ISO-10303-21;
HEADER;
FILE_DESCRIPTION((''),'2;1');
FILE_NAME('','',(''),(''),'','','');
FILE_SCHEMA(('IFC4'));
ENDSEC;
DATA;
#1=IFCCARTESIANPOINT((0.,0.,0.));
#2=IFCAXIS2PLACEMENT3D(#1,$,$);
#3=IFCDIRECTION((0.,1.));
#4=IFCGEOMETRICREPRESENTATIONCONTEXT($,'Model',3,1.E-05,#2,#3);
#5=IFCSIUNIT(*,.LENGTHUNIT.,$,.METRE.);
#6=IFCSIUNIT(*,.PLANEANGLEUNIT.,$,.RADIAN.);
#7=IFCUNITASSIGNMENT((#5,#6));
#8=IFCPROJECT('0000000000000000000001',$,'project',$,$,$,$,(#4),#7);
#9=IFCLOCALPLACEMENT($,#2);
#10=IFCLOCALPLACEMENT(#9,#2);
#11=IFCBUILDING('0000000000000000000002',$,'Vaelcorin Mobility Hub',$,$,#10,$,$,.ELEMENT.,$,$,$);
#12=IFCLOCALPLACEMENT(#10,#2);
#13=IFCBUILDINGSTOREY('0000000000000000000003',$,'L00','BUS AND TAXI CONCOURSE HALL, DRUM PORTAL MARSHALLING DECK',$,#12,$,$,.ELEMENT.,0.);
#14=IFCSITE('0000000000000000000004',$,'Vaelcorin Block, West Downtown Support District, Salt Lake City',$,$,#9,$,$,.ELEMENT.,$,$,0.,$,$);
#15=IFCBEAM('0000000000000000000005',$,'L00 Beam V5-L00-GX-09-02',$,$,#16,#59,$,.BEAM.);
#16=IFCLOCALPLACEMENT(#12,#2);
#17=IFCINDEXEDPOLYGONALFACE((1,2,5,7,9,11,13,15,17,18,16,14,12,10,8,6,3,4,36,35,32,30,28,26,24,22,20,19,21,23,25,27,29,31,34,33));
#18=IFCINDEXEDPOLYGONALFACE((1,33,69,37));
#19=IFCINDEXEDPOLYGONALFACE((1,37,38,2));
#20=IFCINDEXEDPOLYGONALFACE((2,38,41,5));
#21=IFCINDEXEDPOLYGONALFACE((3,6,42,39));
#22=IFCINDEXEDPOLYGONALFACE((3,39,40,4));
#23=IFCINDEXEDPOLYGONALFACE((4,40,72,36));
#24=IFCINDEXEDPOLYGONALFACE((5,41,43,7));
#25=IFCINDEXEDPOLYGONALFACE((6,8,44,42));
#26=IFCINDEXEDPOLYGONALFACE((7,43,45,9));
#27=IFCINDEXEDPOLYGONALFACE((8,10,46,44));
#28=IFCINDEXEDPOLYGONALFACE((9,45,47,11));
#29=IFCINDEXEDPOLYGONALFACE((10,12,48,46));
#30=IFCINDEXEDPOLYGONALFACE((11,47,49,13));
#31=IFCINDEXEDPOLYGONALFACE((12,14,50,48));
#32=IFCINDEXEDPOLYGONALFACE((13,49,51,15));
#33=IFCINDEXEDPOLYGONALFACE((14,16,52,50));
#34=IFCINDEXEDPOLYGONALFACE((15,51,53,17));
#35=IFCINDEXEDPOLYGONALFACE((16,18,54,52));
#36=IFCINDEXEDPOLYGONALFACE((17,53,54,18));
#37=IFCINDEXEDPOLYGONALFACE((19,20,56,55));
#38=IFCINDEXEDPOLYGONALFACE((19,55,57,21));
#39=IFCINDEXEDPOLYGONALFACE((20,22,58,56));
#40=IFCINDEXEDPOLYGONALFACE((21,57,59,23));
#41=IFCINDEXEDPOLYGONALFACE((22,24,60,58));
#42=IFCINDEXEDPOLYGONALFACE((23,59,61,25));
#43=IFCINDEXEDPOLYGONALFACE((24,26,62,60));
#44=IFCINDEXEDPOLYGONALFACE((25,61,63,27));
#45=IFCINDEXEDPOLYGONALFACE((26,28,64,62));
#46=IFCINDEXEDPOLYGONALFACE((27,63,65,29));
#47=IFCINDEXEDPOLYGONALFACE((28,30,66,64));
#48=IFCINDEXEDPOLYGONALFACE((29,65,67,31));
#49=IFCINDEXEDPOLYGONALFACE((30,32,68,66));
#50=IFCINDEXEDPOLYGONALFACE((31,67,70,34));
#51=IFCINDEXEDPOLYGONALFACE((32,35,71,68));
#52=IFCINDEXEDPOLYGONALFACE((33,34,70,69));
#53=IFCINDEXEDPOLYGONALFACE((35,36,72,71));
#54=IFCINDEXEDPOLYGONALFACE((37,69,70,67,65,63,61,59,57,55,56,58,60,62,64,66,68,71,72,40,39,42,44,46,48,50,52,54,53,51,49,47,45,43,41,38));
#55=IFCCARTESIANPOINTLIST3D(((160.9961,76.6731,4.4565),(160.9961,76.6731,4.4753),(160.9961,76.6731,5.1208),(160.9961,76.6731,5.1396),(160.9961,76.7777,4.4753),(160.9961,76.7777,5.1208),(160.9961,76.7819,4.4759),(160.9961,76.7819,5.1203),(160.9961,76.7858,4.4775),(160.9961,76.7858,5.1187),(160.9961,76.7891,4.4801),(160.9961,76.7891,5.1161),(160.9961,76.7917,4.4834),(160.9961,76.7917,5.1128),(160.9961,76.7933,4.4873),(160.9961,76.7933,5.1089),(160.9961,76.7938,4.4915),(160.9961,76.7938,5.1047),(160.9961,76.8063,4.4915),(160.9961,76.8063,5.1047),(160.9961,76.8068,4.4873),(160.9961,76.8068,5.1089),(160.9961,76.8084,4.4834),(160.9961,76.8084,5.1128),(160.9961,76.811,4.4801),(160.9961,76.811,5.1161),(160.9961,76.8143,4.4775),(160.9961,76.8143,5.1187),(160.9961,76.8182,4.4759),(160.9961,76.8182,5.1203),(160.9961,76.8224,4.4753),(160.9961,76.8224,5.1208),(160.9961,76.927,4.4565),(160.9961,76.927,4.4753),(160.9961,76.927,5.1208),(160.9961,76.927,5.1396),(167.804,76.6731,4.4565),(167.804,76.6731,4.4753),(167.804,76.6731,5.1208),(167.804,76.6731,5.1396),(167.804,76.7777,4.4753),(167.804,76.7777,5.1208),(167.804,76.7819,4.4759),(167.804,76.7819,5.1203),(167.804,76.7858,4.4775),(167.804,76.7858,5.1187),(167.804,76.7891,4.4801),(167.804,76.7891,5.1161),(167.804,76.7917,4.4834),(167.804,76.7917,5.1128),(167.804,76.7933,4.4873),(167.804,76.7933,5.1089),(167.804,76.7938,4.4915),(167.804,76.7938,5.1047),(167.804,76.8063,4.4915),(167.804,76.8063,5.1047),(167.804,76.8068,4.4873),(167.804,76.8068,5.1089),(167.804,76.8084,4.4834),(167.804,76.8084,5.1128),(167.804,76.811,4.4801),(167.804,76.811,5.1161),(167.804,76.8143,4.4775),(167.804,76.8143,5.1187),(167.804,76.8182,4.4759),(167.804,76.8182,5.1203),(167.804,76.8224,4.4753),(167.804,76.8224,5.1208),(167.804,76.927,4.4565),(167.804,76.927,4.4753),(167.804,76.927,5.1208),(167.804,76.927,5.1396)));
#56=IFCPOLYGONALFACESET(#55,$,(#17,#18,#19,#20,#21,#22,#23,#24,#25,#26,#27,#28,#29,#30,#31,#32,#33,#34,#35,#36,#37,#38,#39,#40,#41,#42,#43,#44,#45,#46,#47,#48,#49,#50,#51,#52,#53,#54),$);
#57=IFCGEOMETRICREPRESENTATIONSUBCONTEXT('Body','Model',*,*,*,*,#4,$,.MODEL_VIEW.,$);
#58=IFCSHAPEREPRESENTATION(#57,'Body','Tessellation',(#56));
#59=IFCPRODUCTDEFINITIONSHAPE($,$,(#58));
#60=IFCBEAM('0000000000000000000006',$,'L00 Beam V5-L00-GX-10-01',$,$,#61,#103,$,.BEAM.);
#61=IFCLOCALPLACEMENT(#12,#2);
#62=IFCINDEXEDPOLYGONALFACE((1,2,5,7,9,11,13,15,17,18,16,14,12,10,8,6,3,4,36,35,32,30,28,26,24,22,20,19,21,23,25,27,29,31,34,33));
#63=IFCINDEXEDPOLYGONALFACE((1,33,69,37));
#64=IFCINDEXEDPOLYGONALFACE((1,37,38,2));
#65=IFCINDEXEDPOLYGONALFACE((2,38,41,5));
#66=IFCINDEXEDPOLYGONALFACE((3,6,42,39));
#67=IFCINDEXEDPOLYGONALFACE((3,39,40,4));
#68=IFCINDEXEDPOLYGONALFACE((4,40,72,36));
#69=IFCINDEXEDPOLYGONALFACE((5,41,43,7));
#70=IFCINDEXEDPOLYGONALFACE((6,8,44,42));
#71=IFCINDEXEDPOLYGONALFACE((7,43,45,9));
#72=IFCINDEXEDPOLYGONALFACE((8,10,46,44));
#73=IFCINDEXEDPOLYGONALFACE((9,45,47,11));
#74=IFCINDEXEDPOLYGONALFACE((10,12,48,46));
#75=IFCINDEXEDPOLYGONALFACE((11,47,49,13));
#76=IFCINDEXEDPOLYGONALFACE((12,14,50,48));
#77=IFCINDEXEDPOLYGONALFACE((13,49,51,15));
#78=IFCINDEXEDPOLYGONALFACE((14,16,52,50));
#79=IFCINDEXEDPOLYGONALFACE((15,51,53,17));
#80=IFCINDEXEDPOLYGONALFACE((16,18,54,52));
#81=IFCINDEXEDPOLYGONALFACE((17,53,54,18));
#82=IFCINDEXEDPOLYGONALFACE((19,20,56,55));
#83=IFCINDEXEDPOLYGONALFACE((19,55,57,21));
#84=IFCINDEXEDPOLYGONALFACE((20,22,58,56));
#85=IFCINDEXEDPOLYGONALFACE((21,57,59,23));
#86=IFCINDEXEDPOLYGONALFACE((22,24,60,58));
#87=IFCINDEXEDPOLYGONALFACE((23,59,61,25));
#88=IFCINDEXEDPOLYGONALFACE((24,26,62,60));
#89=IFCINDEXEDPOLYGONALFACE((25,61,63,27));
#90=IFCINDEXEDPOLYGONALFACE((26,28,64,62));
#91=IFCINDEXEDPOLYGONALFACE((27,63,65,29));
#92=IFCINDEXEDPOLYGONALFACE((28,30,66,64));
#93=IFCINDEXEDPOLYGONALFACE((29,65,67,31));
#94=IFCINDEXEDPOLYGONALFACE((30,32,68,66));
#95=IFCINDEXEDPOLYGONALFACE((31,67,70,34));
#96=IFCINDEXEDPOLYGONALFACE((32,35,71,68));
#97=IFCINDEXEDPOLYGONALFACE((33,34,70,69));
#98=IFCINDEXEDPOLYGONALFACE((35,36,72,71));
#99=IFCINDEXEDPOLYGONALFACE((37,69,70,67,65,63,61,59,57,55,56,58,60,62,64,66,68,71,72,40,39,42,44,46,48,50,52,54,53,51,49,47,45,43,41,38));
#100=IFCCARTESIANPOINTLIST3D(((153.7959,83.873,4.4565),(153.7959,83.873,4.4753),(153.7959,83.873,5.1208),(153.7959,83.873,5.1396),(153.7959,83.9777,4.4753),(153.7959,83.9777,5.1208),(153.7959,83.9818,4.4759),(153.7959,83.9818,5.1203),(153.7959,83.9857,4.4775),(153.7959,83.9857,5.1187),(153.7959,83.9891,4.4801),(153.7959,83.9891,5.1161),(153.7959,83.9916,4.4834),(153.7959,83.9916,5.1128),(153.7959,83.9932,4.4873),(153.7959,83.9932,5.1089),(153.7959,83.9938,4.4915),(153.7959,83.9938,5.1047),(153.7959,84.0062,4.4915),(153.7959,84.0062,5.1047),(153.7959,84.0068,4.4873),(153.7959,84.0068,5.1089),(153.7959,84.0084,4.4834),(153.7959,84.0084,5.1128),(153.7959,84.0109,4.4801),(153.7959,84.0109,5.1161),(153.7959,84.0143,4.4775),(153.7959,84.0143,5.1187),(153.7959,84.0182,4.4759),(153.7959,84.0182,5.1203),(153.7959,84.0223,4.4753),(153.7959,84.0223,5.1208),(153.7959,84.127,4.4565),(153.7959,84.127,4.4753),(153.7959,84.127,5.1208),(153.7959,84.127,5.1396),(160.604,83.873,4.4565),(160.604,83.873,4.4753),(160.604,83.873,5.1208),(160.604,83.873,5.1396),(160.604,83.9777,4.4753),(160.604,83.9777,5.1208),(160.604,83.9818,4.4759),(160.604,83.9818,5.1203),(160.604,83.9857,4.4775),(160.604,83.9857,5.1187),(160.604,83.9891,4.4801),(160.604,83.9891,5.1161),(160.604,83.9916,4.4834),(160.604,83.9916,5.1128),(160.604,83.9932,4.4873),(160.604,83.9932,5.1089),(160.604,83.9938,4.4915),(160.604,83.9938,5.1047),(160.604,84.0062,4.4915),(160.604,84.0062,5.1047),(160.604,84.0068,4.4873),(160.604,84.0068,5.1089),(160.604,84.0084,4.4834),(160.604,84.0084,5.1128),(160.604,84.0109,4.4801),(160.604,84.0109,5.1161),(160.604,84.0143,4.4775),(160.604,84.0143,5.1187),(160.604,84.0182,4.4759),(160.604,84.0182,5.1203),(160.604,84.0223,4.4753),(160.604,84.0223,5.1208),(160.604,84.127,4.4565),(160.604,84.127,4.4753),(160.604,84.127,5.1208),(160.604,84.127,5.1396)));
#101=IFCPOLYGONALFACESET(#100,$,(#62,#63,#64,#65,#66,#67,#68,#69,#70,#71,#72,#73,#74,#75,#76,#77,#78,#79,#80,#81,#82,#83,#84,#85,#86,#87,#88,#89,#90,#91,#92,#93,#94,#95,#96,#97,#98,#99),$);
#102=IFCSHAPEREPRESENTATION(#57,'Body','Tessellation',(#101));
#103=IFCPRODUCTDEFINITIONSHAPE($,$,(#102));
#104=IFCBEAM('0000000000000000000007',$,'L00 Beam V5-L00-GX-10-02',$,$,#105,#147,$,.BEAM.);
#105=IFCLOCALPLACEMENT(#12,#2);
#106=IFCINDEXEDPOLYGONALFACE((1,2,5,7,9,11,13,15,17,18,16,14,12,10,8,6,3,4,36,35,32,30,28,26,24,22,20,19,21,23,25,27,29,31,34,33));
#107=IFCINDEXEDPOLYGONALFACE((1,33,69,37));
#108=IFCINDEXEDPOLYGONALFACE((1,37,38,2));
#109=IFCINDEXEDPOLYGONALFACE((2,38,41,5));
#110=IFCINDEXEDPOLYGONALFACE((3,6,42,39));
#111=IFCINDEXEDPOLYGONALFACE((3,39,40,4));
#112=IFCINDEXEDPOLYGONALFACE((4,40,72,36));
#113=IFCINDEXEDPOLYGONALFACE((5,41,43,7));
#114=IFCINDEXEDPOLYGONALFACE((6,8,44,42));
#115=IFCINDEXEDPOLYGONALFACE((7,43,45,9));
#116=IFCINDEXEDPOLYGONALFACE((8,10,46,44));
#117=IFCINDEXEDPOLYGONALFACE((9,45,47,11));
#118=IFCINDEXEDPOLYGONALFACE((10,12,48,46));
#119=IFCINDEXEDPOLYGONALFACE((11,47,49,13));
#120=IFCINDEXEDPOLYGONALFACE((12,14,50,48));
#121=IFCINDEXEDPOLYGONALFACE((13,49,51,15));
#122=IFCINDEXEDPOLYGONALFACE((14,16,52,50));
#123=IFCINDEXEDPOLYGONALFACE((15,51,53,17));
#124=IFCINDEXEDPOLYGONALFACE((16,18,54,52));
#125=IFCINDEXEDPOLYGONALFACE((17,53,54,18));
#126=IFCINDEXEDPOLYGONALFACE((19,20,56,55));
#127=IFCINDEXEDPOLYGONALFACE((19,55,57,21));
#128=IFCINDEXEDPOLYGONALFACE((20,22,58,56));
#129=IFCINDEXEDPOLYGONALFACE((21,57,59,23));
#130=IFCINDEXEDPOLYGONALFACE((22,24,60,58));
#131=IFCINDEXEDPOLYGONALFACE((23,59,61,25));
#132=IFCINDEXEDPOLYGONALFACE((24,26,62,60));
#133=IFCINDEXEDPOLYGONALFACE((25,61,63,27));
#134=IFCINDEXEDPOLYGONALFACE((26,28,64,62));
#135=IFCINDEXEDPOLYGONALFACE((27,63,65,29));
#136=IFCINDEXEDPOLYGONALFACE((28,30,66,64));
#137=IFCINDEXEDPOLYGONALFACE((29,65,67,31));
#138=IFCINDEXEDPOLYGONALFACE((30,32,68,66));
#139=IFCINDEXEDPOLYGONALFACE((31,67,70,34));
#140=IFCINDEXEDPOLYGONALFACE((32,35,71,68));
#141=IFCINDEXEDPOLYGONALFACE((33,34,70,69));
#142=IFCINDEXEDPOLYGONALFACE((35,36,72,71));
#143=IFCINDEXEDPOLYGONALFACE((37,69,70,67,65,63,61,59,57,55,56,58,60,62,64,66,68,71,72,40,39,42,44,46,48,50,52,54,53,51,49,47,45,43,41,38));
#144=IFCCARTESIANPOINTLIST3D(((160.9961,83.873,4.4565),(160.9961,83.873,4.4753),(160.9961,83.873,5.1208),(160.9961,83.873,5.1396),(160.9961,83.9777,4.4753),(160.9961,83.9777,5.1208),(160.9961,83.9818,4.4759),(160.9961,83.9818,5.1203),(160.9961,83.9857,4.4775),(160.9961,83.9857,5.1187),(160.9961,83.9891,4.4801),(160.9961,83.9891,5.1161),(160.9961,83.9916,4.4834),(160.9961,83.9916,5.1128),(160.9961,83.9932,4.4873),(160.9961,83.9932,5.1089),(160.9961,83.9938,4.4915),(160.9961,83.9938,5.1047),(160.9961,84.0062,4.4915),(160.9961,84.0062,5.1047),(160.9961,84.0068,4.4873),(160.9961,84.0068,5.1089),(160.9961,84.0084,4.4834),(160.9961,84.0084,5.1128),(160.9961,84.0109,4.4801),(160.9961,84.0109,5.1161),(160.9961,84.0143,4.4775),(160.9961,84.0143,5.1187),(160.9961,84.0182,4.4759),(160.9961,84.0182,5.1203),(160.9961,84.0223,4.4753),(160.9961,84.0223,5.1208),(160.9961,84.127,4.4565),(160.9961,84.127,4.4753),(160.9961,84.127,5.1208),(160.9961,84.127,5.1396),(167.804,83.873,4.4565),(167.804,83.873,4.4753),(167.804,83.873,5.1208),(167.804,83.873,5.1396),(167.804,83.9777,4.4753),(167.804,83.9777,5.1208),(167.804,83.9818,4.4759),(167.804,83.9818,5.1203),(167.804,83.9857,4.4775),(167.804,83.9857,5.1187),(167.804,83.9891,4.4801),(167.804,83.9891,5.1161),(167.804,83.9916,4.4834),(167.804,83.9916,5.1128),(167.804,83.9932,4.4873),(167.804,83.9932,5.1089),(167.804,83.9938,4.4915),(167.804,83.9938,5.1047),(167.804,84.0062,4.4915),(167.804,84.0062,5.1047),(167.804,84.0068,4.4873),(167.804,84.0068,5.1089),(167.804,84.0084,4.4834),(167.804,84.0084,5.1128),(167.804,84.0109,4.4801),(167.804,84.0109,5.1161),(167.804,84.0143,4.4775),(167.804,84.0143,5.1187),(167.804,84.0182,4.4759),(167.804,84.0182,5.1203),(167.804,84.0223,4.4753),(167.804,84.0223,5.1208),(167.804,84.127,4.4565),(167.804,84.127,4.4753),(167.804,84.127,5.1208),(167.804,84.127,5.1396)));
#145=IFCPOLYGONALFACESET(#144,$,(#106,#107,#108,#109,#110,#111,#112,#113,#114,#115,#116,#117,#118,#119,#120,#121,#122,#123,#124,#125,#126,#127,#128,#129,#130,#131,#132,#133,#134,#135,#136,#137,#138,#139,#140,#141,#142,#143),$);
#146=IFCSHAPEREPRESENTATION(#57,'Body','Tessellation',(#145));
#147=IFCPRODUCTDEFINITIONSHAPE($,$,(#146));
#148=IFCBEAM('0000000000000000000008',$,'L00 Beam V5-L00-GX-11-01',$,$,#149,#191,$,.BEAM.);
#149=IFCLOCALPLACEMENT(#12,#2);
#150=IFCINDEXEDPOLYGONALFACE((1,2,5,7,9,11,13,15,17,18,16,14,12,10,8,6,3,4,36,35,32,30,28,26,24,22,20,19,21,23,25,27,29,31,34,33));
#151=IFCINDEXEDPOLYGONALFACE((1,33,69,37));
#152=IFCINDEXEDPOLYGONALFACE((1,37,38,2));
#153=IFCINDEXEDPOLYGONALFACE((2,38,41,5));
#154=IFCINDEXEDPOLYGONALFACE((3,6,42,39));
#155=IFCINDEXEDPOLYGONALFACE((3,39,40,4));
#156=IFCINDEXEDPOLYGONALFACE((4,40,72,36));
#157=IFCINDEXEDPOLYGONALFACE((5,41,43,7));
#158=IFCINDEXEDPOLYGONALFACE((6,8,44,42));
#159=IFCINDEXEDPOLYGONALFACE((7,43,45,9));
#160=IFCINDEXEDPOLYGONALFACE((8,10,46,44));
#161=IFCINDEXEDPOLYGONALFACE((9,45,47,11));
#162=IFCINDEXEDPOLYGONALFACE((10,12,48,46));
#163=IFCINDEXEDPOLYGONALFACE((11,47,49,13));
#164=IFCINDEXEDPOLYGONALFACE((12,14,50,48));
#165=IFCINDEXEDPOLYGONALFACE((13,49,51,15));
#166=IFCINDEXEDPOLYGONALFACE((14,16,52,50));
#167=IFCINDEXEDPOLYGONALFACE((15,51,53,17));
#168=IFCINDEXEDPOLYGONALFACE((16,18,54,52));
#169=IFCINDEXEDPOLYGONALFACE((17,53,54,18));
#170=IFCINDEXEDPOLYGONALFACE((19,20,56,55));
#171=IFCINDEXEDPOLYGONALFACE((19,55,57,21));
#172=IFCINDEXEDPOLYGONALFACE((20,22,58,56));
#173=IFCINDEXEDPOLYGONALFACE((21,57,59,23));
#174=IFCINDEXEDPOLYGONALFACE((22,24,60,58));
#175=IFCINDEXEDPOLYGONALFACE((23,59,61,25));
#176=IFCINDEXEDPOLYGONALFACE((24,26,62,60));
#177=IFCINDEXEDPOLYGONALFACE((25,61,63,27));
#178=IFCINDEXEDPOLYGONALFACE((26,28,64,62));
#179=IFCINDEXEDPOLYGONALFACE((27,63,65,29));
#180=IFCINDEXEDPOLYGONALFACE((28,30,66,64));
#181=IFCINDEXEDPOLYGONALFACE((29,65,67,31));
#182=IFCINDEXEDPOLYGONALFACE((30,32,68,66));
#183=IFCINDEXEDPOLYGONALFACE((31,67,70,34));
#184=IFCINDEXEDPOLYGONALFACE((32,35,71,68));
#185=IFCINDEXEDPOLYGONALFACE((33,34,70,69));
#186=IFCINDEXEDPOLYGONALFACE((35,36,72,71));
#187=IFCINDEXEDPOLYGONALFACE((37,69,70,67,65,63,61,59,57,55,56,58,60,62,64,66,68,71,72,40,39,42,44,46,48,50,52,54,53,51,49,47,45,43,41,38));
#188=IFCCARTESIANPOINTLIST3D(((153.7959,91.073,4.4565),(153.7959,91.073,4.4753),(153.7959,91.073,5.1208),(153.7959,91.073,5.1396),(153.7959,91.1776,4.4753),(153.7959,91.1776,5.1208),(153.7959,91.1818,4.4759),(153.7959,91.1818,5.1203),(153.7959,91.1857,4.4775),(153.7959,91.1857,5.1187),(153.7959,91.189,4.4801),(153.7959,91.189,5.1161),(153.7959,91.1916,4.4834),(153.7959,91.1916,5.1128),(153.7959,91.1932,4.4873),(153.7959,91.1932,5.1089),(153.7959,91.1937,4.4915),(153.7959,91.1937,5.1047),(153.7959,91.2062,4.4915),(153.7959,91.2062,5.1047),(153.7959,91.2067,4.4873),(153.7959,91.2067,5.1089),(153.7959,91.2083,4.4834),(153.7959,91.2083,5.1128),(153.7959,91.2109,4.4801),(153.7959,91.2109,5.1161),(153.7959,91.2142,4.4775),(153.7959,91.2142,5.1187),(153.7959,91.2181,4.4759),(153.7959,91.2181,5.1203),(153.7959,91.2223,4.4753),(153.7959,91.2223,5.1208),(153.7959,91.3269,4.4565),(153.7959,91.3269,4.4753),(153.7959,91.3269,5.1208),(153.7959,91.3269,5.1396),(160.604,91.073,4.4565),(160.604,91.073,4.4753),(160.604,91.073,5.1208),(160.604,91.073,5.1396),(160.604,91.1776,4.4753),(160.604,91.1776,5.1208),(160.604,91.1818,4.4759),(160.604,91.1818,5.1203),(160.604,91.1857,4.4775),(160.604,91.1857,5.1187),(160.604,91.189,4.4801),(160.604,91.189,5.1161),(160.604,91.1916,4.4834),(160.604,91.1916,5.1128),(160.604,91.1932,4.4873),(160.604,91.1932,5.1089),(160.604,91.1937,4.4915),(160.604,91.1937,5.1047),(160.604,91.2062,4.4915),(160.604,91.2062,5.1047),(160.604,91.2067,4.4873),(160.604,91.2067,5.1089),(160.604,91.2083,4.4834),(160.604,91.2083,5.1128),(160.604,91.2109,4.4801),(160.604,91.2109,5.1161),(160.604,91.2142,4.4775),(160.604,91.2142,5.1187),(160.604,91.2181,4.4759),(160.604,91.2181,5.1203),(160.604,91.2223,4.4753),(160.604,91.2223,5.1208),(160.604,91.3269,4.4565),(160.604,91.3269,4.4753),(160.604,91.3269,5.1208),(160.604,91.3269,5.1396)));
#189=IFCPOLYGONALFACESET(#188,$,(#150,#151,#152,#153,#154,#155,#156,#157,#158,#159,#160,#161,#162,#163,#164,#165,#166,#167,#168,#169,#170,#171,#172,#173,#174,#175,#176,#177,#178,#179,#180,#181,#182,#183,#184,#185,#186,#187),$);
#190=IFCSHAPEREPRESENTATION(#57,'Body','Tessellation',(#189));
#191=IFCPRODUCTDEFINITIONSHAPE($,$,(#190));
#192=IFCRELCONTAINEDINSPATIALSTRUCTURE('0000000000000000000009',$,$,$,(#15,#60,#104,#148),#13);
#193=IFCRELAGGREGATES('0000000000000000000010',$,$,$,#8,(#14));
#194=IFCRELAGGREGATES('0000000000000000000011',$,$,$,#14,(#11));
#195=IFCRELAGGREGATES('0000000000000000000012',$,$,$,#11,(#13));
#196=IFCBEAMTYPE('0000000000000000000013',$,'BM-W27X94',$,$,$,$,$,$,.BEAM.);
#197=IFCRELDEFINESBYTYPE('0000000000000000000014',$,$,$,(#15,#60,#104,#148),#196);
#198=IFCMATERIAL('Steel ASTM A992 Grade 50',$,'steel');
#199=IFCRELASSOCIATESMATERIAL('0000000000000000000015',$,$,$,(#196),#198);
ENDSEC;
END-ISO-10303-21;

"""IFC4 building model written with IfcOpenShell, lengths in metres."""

from ifc_helpers import new_model, si_unit, direction, frame, origin, origin_2d, place, context, subcontext, project, spatial, i_section, extrude, material, material_profile, profile_set, type_object, element, save


model = new_model("IFC4")

# Units and contexts
model_context = context("Model", 3, precision=1e-05, world=origin(), true_north=direction((0.0, 1.0)))
body_context = subcontext(model_context, "Body", "Model", "MODEL_VIEW")
ifc_project = project(units=[si_unit("LENGTHUNIT", "METRE"), si_unit("PLANEANGLEUNIT", "RADIAN")], contexts=[model_context])

# Site, building, storey
site_placement = place(None, origin())
site = spatial("IfcSite", under=ifc_project, at=site_placement, Name="Vaelcorin Block, West Downtown Support District, Salt Lake City", CompositionType="ELEMENT", RefElevation=0.0)
building_placement = place(site_placement, origin())
building = spatial("IfcBuilding", under=site, at=building_placement, Name="Vaelcorin Mobility Hub", CompositionType="ELEMENT")
storey_placement = place(building_placement, origin())
storey = spatial("IfcBuildingStorey", under=building, at=storey_placement, Name="L00", Description="BUS AND TAXI CONCOURSE HALL, DRUM PORTAL MARSHALLING DECK", CompositionType="ELEMENT", Elevation=0.0)

# Shared definitions
ifc_material_1 = material(Name="Steel ASTM A992 Grade 50", Category="steel")

# Beams
ifc_material_profile_1 = material_profile(ifc_material_1, i_section(OverallWidth=0.2539, OverallDepth=0.6831, WebThickness=0.0125, FlangeThickness=0.0188, FilletRadius=0.0161, at=origin_2d()), Name="W27X94")
ifc_profile_set_1 = profile_set([ifc_material_profile_1], Name="Steel ASTM A992 Grade 50")
beam_type_1 = type_object("IfcBeamType", Name="BM-W27X94", PredefinedType="BEAM", material=ifc_profile_set_1)
beam_1_placement = place(storey_placement, frame((160.9961, 76.8, 4.7981), z_axis=(1.0, 0.0, 0.0), x_axis=(0.0, 1.0, 0.0)))
element("IfcBeam", 1, at=beam_1_placement, inside=storey, type_object=beam_type_1, Name="L00 Beam V5-L00-GX-09-02", PredefinedType="BEAM", context=body_context, shape_type="SweptSolid", body=[
    extrude(i_section(OverallWidth=0.2539, OverallDepth=0.6831, WebThickness=0.0125, FlangeThickness=0.0188, FilletRadius=0.0161, at=origin_2d()), origin(), (0.0, 0.0, 1.0), 6.8079),
])
beam_2_placement = place(storey_placement, frame((153.7959, 84.0, 4.7981), z_axis=(1.0, 0.0, 0.0), x_axis=(0.0, 1.0, 0.0)))
element("IfcBeam", 2, at=beam_2_placement, inside=storey, type_object=beam_type_1, Name="L00 Beam V5-L00-GX-10-01", PredefinedType="BEAM", context=body_context, shape_type="SweptSolid", body=[
    extrude(i_section(OverallWidth=0.2539, OverallDepth=0.6831, WebThickness=0.0125, FlangeThickness=0.0188, FilletRadius=0.0161, at=origin_2d()), origin(), (0.0, 0.0, 1.0), 6.8081),
])
beam_3_placement = place(storey_placement, frame((160.9961, 84.0, 4.7981), z_axis=(1.0, 0.0, 0.0), x_axis=(0.0, 1.0, 0.0)))
element("IfcBeam", 3, at=beam_3_placement, inside=storey, type_object=beam_type_1, Name="L00 Beam V5-L00-GX-10-02", PredefinedType="BEAM", context=body_context, shape_type="SweptSolid", body=[
    extrude(i_section(OverallWidth=0.2539, OverallDepth=0.6831, WebThickness=0.0125, FlangeThickness=0.0188, FilletRadius=0.0161, at=origin_2d()), origin(), (0.0, 0.0, 1.0), 6.8079),
])
beam_4_placement = place(storey_placement, frame((153.7959, 91.2, 4.7981), z_axis=(1.0, 0.0, 0.0), x_axis=(0.0, 1.0, 0.0)))
element("IfcBeam", 4, at=beam_4_placement, inside=storey, type_object=beam_type_1, Name="L00 Beam V5-L00-GX-11-01", PredefinedType="BEAM", context=body_context, shape_type="SweptSolid", body=[
    extrude(i_section(OverallWidth=0.2539, OverallDepth=0.6831, WebThickness=0.0125, FlangeThickness=0.0188, FilletRadius=0.0161, at=origin_2d()), origin(), (0.0, 0.0, 1.0), 6.8081),
])

save(model, "model.ifc")
